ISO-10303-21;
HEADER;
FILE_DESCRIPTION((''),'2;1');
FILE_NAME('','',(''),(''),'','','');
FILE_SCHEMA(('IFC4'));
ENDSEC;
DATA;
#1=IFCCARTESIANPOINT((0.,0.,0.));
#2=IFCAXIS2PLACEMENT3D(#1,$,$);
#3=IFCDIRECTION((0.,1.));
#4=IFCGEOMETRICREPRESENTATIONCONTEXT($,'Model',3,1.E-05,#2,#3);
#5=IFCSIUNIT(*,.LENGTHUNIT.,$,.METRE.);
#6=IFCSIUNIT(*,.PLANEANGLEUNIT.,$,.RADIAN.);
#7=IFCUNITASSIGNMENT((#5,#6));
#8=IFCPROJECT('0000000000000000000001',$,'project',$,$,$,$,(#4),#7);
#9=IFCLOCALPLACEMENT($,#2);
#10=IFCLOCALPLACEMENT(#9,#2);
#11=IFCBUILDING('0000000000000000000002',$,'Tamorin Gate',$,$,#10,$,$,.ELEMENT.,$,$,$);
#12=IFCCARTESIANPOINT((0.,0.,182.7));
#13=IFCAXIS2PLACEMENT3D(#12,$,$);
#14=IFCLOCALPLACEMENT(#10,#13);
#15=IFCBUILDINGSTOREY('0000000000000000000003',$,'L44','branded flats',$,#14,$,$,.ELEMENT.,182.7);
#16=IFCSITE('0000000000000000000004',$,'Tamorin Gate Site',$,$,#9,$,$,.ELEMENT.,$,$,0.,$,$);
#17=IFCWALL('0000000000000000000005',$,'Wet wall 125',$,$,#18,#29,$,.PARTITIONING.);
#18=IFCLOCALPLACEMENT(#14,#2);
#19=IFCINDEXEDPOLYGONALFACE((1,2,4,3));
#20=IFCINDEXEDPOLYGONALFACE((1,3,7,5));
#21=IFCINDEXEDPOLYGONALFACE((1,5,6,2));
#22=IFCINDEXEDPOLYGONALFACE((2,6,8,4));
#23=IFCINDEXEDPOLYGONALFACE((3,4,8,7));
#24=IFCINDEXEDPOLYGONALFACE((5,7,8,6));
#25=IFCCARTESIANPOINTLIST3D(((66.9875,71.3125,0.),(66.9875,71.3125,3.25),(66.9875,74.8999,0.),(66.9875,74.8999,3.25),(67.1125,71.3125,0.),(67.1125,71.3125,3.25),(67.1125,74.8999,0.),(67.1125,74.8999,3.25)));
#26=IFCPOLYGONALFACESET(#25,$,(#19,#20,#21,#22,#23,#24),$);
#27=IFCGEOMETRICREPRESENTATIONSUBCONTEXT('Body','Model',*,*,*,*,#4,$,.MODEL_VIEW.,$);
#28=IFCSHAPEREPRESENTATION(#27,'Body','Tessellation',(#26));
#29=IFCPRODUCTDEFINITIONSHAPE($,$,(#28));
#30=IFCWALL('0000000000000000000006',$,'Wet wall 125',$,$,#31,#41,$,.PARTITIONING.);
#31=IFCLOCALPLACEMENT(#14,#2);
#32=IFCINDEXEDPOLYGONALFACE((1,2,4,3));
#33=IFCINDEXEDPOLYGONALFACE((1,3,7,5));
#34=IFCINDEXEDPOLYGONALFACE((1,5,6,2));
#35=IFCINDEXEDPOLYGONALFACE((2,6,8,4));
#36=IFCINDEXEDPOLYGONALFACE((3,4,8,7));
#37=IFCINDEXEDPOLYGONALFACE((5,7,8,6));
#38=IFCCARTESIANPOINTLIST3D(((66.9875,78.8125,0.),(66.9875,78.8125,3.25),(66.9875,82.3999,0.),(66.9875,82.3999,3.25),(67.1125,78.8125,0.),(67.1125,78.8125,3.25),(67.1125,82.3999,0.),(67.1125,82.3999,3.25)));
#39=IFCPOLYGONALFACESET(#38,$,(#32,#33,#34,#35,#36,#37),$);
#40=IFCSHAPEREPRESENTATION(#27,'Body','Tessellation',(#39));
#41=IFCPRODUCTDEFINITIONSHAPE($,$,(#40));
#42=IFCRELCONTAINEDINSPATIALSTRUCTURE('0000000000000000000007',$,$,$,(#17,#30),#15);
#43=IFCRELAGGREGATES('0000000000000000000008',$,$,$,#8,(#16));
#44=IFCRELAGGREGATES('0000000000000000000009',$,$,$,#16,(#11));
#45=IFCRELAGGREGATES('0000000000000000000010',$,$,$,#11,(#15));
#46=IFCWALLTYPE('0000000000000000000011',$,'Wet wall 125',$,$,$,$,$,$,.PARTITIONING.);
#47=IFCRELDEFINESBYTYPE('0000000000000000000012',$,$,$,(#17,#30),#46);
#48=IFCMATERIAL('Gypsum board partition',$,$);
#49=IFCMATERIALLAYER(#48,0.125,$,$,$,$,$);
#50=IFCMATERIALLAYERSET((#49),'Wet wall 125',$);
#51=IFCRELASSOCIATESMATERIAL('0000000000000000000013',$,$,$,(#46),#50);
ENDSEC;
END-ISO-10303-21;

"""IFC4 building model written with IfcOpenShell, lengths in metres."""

from ifc_helpers import new_model, si_unit, direction, frame, frame_2d, origin, place, context, subcontext, project, spatial, rectangle, extrude, material, layer, layer_set, type_object, element, save


model = new_model("IFC4")

# Units and contexts
model_context = context("Model", 3, precision=1e-05, world=origin(), true_north=direction((0.0, 1.0)))
body_context = subcontext(model_context, "Body", "Model", "MODEL_VIEW")
ifc_project = project(units=[si_unit("LENGTHUNIT", "METRE"), si_unit("PLANEANGLEUNIT", "RADIAN")], contexts=[model_context])

# Site, building, storey
site_placement = place(None, origin())
site = spatial("IfcSite", under=ifc_project, at=site_placement, Name="Tamorin Gate Site", CompositionType="ELEMENT", RefElevation=0.0)
building_placement = place(site_placement, origin())
building = spatial("IfcBuilding", under=site, at=building_placement, Name="Tamorin Gate", CompositionType="ELEMENT")
storey_placement = place(building_placement, frame((0.0, 0.0, 182.7)))
storey = spatial("IfcBuildingStorey", under=building, at=storey_placement, Name="L44", Description="branded flats", CompositionType="ELEMENT", Elevation=182.7)

# Shared definitions
ifc_material_1 = material(Name="Gypsum board partition")

# Shared definitions
ifc_layer_1 = layer(ifc_material_1, 0.125)
ifc_layer_set_1 = layer_set([ifc_layer_1], Name="Wet wall 125")
wall_type_1 = type_object("IfcWallType", Name="Wet wall 125", PredefinedType="PARTITIONING", material=ifc_layer_set_1)

# Walls
for number, where, z_axis, x_axis, name in (
    (1, (67.05, 71.3125, 0.0), (0.0, 0.0, 1.0), (0.0, 1.0, 0.0), "Wet wall 125"),
    (2, (67.05, 78.8125, 0.0), (0.0, 0.0, 1.0), (0.0, 1.0, 0.0), "Wet wall 125"),
):
    element("IfcWall", number, at=place(storey_placement, frame(where, z_axis=z_axis, x_axis=x_axis)), inside=storey, type_object=wall_type_1, Name=name, PredefinedType="PARTITIONING", context=body_context, shape_type="SweptSolid", body=[
        extrude(rectangle(XDim=3.5874, YDim=0.125, at=frame_2d((1.7937, 0.0))), origin(), (0.0, 0.0, 1.0), 3.25),
    ])

save(model, "model.ifc")
